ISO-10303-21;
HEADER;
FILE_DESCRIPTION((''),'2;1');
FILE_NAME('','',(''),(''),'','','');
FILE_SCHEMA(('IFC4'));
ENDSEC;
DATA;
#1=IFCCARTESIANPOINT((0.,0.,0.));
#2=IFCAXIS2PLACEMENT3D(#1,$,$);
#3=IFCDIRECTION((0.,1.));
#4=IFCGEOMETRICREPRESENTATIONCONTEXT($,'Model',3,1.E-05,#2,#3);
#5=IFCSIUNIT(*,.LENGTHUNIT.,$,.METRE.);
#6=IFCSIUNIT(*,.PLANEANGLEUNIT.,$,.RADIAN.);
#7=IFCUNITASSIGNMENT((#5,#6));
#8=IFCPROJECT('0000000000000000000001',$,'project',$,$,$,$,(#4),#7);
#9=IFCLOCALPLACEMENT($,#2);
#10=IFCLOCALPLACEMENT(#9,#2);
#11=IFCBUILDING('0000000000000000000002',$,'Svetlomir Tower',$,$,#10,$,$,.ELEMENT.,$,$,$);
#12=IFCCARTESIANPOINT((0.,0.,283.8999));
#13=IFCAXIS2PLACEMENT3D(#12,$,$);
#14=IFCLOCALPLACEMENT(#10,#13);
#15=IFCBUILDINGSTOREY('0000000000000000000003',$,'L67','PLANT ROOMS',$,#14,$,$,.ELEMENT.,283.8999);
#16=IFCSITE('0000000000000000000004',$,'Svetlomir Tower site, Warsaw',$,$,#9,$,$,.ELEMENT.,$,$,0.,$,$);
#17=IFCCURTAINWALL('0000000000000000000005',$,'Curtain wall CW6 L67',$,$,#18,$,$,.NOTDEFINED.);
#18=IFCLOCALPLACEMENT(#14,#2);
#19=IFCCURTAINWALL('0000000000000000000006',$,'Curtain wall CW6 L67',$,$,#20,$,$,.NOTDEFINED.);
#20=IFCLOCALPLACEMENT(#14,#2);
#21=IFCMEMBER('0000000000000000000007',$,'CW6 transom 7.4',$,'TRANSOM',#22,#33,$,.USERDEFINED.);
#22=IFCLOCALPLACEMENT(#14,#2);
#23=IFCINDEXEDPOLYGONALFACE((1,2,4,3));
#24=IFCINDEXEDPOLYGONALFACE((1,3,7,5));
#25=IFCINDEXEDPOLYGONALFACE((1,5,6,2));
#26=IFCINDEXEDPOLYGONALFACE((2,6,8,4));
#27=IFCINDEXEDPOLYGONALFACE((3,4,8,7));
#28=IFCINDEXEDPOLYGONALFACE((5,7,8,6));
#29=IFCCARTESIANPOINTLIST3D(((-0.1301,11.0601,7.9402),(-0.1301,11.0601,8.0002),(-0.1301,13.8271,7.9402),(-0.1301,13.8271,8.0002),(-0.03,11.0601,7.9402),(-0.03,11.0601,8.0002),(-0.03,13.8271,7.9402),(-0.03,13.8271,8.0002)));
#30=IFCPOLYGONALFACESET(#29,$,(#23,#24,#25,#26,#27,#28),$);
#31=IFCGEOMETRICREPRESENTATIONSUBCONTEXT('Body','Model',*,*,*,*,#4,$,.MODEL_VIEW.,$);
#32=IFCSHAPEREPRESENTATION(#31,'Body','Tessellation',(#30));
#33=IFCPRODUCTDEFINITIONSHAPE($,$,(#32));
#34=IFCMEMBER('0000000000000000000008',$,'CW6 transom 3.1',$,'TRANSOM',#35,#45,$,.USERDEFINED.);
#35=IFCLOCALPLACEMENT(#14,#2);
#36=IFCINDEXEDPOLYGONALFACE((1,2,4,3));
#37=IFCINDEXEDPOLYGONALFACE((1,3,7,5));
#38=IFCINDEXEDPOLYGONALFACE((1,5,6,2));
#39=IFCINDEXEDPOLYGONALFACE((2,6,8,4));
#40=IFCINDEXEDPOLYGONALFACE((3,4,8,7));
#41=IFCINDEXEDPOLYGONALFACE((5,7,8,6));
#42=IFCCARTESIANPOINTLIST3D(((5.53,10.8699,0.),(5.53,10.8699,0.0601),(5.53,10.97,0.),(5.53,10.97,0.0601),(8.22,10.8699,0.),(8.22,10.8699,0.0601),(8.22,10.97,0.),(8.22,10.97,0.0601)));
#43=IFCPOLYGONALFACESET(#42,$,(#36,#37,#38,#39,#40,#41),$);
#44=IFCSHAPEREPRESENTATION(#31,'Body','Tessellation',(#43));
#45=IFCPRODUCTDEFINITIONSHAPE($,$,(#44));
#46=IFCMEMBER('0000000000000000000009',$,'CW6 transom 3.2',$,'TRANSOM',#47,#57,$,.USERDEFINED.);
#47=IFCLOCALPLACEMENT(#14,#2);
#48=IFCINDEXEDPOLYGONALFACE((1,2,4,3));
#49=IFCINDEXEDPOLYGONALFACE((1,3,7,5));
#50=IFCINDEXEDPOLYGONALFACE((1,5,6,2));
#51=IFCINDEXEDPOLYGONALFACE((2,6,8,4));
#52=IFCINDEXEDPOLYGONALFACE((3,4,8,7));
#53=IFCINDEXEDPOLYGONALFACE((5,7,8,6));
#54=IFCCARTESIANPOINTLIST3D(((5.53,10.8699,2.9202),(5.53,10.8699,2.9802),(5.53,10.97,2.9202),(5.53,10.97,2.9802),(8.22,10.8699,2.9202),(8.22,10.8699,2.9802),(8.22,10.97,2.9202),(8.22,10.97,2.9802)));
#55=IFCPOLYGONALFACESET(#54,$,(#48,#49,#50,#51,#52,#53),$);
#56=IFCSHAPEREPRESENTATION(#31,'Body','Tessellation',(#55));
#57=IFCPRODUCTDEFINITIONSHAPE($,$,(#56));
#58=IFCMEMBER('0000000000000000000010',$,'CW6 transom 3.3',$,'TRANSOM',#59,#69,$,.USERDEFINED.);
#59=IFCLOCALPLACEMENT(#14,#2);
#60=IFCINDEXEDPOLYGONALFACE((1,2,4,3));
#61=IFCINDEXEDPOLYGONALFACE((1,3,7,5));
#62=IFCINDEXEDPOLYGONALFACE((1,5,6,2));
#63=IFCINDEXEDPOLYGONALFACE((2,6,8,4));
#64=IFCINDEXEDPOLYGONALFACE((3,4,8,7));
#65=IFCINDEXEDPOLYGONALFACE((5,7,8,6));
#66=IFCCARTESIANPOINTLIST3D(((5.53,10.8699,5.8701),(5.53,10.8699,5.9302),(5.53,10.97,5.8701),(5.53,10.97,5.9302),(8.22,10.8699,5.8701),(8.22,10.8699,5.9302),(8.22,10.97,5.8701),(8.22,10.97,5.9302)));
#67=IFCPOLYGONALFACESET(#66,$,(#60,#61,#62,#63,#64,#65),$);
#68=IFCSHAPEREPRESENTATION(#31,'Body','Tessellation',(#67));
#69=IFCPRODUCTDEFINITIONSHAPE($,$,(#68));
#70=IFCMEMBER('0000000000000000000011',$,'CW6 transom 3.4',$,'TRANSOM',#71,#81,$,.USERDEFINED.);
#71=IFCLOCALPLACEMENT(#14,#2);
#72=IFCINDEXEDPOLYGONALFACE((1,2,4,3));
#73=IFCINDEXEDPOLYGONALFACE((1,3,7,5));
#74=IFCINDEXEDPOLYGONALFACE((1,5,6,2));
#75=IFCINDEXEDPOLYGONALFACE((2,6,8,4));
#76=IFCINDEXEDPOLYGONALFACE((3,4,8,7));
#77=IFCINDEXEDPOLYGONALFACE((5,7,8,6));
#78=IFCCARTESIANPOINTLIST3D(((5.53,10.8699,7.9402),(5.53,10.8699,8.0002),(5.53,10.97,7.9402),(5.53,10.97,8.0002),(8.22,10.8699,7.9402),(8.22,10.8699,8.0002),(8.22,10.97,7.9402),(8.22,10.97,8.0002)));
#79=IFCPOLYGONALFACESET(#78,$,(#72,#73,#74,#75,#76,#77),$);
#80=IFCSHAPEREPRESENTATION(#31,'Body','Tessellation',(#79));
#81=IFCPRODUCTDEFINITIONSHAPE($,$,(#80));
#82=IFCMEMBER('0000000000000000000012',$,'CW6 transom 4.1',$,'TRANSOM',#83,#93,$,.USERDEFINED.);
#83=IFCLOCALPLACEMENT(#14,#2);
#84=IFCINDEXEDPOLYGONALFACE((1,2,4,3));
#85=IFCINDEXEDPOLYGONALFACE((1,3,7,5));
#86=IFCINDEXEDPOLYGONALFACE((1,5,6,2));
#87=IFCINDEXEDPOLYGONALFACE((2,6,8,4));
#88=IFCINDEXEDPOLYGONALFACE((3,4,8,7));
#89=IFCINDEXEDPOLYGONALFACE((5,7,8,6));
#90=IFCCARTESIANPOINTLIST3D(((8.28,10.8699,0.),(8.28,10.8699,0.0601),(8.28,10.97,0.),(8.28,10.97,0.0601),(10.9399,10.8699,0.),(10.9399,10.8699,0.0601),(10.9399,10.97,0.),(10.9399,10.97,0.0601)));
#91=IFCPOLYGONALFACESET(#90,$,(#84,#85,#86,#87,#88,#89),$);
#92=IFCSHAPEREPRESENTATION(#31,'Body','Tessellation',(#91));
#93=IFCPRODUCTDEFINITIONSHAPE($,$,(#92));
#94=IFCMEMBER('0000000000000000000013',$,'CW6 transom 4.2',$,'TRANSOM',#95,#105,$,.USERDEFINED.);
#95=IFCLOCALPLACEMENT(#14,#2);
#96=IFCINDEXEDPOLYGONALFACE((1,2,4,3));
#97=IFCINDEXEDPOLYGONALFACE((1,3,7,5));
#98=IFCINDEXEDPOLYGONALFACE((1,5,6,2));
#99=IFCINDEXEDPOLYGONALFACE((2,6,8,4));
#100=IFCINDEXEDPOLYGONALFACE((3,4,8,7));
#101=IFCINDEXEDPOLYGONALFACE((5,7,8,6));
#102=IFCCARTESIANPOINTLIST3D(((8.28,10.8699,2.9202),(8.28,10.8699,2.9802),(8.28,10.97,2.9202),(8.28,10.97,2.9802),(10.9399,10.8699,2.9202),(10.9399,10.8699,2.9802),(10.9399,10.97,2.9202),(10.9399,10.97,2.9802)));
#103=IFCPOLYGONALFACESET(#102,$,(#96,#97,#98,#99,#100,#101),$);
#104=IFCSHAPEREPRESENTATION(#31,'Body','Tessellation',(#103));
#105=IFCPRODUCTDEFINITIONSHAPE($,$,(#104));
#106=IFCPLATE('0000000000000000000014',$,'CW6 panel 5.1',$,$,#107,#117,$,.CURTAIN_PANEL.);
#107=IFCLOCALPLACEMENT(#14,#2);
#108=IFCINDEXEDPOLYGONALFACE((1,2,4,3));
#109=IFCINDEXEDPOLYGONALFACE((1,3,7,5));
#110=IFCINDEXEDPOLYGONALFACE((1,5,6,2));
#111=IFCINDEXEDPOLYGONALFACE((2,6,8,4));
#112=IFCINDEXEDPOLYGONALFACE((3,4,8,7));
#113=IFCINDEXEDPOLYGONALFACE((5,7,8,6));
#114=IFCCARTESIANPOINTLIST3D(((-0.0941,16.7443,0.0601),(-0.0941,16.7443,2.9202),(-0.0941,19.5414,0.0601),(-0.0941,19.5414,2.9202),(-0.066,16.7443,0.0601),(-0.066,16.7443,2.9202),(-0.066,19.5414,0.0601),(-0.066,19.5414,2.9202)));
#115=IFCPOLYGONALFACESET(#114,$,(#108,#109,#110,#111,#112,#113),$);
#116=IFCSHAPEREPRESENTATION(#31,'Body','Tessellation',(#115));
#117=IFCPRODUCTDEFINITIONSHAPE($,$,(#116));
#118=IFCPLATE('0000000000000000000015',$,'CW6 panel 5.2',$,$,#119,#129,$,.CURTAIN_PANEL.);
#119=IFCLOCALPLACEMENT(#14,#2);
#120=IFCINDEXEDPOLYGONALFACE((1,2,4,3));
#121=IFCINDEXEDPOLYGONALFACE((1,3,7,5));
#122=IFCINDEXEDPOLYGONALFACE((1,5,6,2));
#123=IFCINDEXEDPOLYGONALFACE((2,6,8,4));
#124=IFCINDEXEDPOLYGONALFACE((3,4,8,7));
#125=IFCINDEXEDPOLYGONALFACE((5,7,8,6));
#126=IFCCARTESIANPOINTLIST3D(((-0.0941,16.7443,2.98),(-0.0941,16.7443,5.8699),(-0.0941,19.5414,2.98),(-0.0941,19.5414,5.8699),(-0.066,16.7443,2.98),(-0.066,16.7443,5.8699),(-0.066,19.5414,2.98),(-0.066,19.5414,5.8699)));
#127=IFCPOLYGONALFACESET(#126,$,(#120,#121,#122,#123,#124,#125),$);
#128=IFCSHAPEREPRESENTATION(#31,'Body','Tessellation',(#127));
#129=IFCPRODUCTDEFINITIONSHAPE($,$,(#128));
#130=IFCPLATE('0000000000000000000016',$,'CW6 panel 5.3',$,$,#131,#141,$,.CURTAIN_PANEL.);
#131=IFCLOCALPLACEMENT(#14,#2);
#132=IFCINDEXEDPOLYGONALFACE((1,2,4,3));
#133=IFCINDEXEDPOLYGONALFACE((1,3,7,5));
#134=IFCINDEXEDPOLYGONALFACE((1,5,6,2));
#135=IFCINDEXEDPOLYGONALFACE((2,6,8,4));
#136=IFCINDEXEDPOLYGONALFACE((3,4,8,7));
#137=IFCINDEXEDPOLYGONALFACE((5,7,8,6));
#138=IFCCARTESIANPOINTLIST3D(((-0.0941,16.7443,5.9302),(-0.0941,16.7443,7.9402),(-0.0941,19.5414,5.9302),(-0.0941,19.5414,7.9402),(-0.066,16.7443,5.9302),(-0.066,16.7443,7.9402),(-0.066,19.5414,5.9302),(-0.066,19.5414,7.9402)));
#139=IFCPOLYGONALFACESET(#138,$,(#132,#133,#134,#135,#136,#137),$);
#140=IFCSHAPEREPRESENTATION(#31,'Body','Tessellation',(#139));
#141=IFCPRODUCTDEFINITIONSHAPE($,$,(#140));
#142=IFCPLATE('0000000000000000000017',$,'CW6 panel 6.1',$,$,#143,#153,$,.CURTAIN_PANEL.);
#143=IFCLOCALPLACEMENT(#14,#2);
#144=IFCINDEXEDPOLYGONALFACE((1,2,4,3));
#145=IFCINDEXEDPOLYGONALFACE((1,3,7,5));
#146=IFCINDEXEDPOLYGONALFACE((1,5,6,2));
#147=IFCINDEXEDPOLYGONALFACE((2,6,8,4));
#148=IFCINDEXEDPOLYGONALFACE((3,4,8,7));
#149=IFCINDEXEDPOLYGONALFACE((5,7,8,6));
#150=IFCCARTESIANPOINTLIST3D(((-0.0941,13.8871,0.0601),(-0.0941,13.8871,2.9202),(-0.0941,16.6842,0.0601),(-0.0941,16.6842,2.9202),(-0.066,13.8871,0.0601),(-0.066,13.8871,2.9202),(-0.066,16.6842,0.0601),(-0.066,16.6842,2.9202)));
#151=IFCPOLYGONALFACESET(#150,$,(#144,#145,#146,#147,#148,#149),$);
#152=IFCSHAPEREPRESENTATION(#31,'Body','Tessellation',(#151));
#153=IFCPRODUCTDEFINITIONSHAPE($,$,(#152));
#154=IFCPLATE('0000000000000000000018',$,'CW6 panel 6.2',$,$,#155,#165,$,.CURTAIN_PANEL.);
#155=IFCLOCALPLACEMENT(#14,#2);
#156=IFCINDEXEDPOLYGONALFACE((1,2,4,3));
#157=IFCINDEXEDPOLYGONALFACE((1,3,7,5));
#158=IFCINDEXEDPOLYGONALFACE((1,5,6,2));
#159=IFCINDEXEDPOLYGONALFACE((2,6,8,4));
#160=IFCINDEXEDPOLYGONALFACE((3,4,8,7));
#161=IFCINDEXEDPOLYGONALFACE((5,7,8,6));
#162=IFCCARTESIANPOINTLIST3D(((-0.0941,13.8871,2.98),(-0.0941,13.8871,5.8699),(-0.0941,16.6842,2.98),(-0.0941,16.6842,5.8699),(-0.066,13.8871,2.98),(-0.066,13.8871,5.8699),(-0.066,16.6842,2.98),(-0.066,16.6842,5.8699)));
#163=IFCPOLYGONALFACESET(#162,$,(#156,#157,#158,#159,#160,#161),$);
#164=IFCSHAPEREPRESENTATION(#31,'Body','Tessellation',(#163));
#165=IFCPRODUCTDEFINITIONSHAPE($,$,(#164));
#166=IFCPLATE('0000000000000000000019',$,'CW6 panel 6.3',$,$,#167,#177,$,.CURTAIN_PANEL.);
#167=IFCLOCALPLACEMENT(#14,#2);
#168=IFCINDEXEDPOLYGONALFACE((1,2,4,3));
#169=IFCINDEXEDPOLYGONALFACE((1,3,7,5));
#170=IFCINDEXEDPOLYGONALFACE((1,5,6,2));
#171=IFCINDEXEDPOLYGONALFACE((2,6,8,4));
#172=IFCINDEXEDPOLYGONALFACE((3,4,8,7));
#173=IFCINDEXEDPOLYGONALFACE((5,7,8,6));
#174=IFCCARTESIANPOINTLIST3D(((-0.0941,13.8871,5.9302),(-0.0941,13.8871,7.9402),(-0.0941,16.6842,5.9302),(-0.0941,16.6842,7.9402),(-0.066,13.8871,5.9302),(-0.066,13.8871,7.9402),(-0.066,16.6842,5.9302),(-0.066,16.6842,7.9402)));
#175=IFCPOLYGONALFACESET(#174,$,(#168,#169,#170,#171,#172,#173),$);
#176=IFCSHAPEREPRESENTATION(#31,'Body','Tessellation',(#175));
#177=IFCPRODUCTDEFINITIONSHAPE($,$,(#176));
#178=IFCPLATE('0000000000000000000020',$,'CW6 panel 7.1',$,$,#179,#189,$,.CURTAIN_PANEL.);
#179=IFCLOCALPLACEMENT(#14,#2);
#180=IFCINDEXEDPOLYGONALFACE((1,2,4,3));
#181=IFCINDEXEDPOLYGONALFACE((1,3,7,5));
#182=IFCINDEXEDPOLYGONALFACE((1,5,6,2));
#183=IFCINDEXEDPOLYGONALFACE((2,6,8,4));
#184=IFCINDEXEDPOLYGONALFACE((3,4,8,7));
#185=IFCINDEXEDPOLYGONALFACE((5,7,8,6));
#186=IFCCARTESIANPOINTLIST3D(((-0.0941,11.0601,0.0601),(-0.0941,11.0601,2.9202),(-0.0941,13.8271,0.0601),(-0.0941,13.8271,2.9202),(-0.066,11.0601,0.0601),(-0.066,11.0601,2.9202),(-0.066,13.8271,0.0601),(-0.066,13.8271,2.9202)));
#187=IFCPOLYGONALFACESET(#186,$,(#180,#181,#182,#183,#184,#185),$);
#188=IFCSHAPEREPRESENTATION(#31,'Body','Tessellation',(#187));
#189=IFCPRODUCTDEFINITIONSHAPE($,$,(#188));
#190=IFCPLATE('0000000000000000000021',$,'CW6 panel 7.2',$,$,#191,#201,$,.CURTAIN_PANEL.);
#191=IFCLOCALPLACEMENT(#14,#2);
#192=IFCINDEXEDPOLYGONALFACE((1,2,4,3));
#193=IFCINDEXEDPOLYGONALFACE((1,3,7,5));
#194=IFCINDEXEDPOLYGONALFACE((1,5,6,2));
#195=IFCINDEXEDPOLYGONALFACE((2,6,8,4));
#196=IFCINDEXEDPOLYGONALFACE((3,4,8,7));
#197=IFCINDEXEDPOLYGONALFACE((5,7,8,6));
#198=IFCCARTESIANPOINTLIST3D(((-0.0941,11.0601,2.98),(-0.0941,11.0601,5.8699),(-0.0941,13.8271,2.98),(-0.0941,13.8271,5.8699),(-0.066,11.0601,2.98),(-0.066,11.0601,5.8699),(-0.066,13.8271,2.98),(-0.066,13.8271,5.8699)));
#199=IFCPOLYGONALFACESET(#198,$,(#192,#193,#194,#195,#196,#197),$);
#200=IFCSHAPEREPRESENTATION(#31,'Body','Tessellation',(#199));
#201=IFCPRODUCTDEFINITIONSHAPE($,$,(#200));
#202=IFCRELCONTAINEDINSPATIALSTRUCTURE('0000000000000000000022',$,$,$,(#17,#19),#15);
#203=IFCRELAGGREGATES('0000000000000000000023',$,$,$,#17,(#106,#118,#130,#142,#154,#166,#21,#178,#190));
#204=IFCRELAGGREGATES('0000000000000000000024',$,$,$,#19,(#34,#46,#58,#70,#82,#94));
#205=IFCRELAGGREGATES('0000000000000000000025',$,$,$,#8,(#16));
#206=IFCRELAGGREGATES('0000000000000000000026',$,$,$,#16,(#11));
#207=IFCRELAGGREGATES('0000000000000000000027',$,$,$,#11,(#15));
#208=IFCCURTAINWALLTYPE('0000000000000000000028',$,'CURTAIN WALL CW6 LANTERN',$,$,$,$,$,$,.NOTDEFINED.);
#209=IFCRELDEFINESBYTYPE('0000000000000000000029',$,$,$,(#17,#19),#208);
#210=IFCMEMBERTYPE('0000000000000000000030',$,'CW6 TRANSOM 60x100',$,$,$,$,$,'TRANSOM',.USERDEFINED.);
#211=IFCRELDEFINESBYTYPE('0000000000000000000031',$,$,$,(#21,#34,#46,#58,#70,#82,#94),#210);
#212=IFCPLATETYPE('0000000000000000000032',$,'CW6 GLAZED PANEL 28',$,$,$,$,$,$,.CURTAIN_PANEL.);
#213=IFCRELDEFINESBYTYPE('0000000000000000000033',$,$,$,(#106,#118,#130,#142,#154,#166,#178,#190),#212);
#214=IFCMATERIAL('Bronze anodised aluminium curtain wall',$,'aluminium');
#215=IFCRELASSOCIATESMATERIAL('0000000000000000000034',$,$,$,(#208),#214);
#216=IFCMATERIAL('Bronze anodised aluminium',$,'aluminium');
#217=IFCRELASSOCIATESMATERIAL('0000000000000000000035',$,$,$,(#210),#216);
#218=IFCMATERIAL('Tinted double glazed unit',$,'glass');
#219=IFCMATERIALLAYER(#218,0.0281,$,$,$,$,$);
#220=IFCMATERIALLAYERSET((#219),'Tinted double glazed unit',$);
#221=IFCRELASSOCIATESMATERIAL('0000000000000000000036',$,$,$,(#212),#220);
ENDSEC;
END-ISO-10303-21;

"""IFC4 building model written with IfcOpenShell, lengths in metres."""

from ifc_helpers import new_model, si_unit, direction, frame, origin, origin_2d, place, context, subcontext, project, spatial, rectangle, extrude, material, layer, layer_set, material_profile, profile_set, type_object, element, aggregate, save


model = new_model("IFC4")

# Units and contexts
model_context = context("Model", 3, precision=1e-05, world=origin(), true_north=direction((0.0, 1.0)))
body_context = subcontext(model_context, "Body", "Model", "MODEL_VIEW")
ifc_project = project(units=[si_unit("LENGTHUNIT", "METRE"), si_unit("PLANEANGLEUNIT", "RADIAN")], contexts=[model_context])

# Site, building, storey
site_placement = place(None, origin())
site = spatial("IfcSite", under=ifc_project, at=site_placement, Name="Svetlomir Tower site, Warsaw", CompositionType="ELEMENT", RefElevation=0.0)
building_placement = place(site_placement, origin())
building = spatial("IfcBuilding", under=site, at=building_placement, Name="Svetlomir Tower", CompositionType="ELEMENT")
storey_placement = place(building_placement, frame((0.0, 0.0, 283.8999)))
storey = spatial("IfcBuildingStorey", under=building, at=storey_placement, Name="L67", Description="PLANT ROOMS", CompositionType="ELEMENT", Elevation=283.8999)

# Curtain walls
ifc_material_1 = material(Name="Bronze anodised aluminium curtain wall", Category="aluminium")
curtain_wall_type = type_object("IfcCurtainWallType", Name="CURTAIN WALL CW6 LANTERN", PredefinedType="NOTDEFINED", material=ifc_material_1)
curtain_wall_1_placement = place(storey_placement, origin())
curtain_wall_1 = element("IfcCurtainWall", 1, at=curtain_wall_1_placement, inside=storey, type_object=curtain_wall_type, Name="Curtain wall CW6 L67", PredefinedType="NOTDEFINED")
curtain_wall_2_placement = place(storey_placement, origin())
curtain_wall_2 = element("IfcCurtainWall", 2, at=curtain_wall_2_placement, inside=storey, type_object=curtain_wall_type, Name="Curtain wall CW6 L67", PredefinedType="NOTDEFINED")

# Members
ifc_material_2 = material(Name="Bronze anodised aluminium", Category="aluminium")
ifc_material_profile_1 = material_profile(ifc_material_2, rectangle(XDim=0.1001, YDim=0.0601, at=origin_2d()), Name="AL 100x60")
ifc_profile_set_1 = profile_set([ifc_material_profile_1], Name="Bronze anodised aluminium 6063-T6")
member_type_1 = type_object("IfcMemberType", Name="CW6 TRANSOM 60x100", ElementType="TRANSOM", PredefinedType="USERDEFINED", material=ifc_profile_set_1)
member_1_placement = place(storey_placement, frame((-0.0801, 13.8271, 7.9702), z_axis=(0.0, -1.0, 0.0), x_axis=(1.0, 0.0, 0.0)))
member_1 = element("IfcMember", 3, at=member_1_placement, type_object=member_type_1, Name="CW6 transom 7.4", ObjectType="TRANSOM", PredefinedType="USERDEFINED", context=body_context, shape_type="SweptSolid", body=[
    extrude(rectangle(XDim=0.1001, YDim=0.0601, at=origin_2d()), origin(), (0.0, 0.0, 1.0), 2.7671),
])
member_2_placement = place(storey_placement, frame((5.53, 10.9199, 0.03), z_axis=(1.0, 0.0, 0.0), x_axis=(0.0, 1.0, 0.0)))
member_2 = element("IfcMember", 4, at=member_2_placement, type_object=member_type_1, Name="CW6 transom 3.1", ObjectType="TRANSOM", PredefinedType="USERDEFINED", context=body_context, shape_type="SweptSolid", body=[
    extrude(rectangle(XDim=0.1001, YDim=0.0601, at=origin_2d()), origin(), (0.0, 0.0, 1.0), 2.6899),
])
member_3_placement = place(storey_placement, frame((5.53, 10.9199, 2.9502), z_axis=(1.0, 0.0, 0.0), x_axis=(0.0, 1.0, 0.0)))
member_3 = element("IfcMember", 5, at=member_3_placement, type_object=member_type_1, Name="CW6 transom 3.2", ObjectType="TRANSOM", PredefinedType="USERDEFINED", context=body_context, shape_type="SweptSolid", body=[
    extrude(rectangle(XDim=0.1001, YDim=0.0601, at=origin_2d()), origin(), (0.0, 0.0, 1.0), 2.6899),
])
member_4_placement = place(storey_placement, frame((5.53, 10.9199, 5.9001), z_axis=(1.0, 0.0, 0.0), x_axis=(0.0, 1.0, 0.0)))
member_4 = element("IfcMember", 6, at=member_4_placement, type_object=member_type_1, Name="CW6 transom 3.3", ObjectType="TRANSOM", PredefinedType="USERDEFINED", context=body_context, shape_type="SweptSolid", body=[
    extrude(rectangle(XDim=0.1001, YDim=0.0601, at=origin_2d()), origin(), (0.0, 0.0, 1.0), 2.6899),
])
member_5_placement = place(storey_placement, frame((5.53, 10.9199, 7.9702), z_axis=(1.0, 0.0, 0.0), x_axis=(0.0, 1.0, 0.0)))
member_5 = element("IfcMember", 7, at=member_5_placement, type_object=member_type_1, Name="CW6 transom 3.4", ObjectType="TRANSOM", PredefinedType="USERDEFINED", context=body_context, shape_type="SweptSolid", body=[
    extrude(rectangle(XDim=0.1001, YDim=0.0601, at=origin_2d()), origin(), (0.0, 0.0, 1.0), 2.6899),
])
member_6_placement = place(storey_placement, frame((8.28, 10.9199, 0.03), z_axis=(1.0, 0.0, 0.0), x_axis=(0.0, 1.0, 0.0)))
member_6 = element("IfcMember", 8, at=member_6_placement, type_object=member_type_1, Name="CW6 transom 4.1", ObjectType="TRANSOM", PredefinedType="USERDEFINED", context=body_context, shape_type="SweptSolid", body=[
    extrude(rectangle(XDim=0.1001, YDim=0.0601, at=origin_2d()), origin(), (0.0, 0.0, 1.0), 2.6599),
])
member_7_placement = place(storey_placement, frame((8.28, 10.9199, 2.9502), z_axis=(1.0, 0.0, 0.0), x_axis=(0.0, 1.0, 0.0)))
member_7 = element("IfcMember", 9, at=member_7_placement, type_object=member_type_1, Name="CW6 transom 4.2", ObjectType="TRANSOM", PredefinedType="USERDEFINED", context=body_context, shape_type="SweptSolid", body=[
    extrude(rectangle(XDim=0.1001, YDim=0.0601, at=origin_2d()), origin(), (0.0, 0.0, 1.0), 2.6599),
])

# Plates
ifc_material_3 = material(Name="Tinted double glazed unit", Category="glass")
ifc_layer = layer(ifc_material_3, 0.0281)
ifc_layer_set = layer_set([ifc_layer], Name="Tinted double glazed unit")
plate_type = type_object("IfcPlateType", Name="CW6 GLAZED PANEL 28", PredefinedType="CURTAIN_PANEL", material=ifc_layer_set)
plate_1_placement = place(storey_placement, frame((-0.0801, 18.1428, 0.0601), z_axis=(0.0, 0.0, 1.0), x_axis=(0.0, -1.0, 0.0)))
plate_1 = element("IfcPlate", 10, at=plate_1_placement, type_object=plate_type, Name="CW6 panel 5.1", PredefinedType="CURTAIN_PANEL", context=body_context, shape_type="SweptSolid", body=[
    extrude(rectangle(XDim=2.7971, YDim=0.0281, at=origin_2d()), origin(), (0.0, 0.0, 1.0), 2.8601),
])
plate_2_placement = place(storey_placement, frame((-0.0801, 18.1428, 2.98), z_axis=(0.0, 0.0, 1.0), x_axis=(0.0, -1.0, 0.0)))
plate_2 = element("IfcPlate", 11, at=plate_2_placement, type_object=plate_type, Name="CW6 panel 5.2", PredefinedType="CURTAIN_PANEL", context=body_context, shape_type="SweptSolid", body=[
    extrude(rectangle(XDim=2.7971, YDim=0.0281, at=origin_2d()), origin(), (0.0, 0.0, 1.0), 2.8899),
])
plate_3_placement = place(storey_placement, frame((-0.0801, 18.1428, 5.9302), z_axis=(0.0, 0.0, 1.0), x_axis=(0.0, -1.0, 0.0)))
plate_3 = element("IfcPlate", 12, at=plate_3_placement, type_object=plate_type, Name="CW6 panel 5.3", PredefinedType="CURTAIN_PANEL", context=body_context, shape_type="SweptSolid", body=[
    extrude(rectangle(XDim=2.7971, YDim=0.0281, at=origin_2d()), origin(), (0.0, 0.0, 1.0), 2.01),
])
plate_4_placement = place(storey_placement, frame((-0.0801, 15.2856, 0.0601), z_axis=(0.0, 0.0, 1.0), x_axis=(0.0, -1.0, 0.0)))
plate_4 = element("IfcPlate", 13, at=plate_4_placement, type_object=plate_type, Name="CW6 panel 6.1", PredefinedType="CURTAIN_PANEL", context=body_context, shape_type="SweptSolid", body=[
    extrude(rectangle(XDim=2.7971, YDim=0.0281, at=origin_2d()), origin(), (0.0, 0.0, 1.0), 2.8601),
])
plate_5_placement = place(storey_placement, frame((-0.0801, 15.2856, 2.98), z_axis=(0.0, 0.0, 1.0), x_axis=(0.0, -1.0, 0.0)))
plate_5 = element("IfcPlate", 14, at=plate_5_placement, type_object=plate_type, Name="CW6 panel 6.2", PredefinedType="CURTAIN_PANEL", context=body_context, shape_type="SweptSolid", body=[
    extrude(rectangle(XDim=2.7971, YDim=0.0281, at=origin_2d()), origin(), (0.0, 0.0, 1.0), 2.8899),
])
plate_6_placement = place(storey_placement, frame((-0.0801, 15.2856, 5.9302), z_axis=(0.0, 0.0, 1.0), x_axis=(0.0, -1.0, 0.0)))
plate_6 = element("IfcPlate", 15, at=plate_6_placement, type_object=plate_type, Name="CW6 panel 6.3", PredefinedType="CURTAIN_PANEL", context=body_context, shape_type="SweptSolid", body=[
    extrude(rectangle(XDim=2.7971, YDim=0.0281, at=origin_2d()), origin(), (0.0, 0.0, 1.0), 2.01),
])
plate_7_placement = place(storey_placement, frame((-0.0801, 12.4436, 0.0601), z_axis=(0.0, 0.0, 1.0), x_axis=(0.0, -1.0, 0.0)))
plate_7 = element("IfcPlate", 16, at=plate_7_placement, type_object=plate_type, Name="CW6 panel 7.1", PredefinedType="CURTAIN_PANEL", context=body_context, shape_type="SweptSolid", body=[
    extrude(rectangle(XDim=2.7671, YDim=0.0281, at=origin_2d()), origin(), (0.0, 0.0, 1.0), 2.8601),
])
plate_8_placement = place(storey_placement, frame((-0.0801, 12.4436, 2.98), z_axis=(0.0, 0.0, 1.0), x_axis=(0.0, -1.0, 0.0)))
plate_8 = element("IfcPlate", 17, at=plate_8_placement, type_object=plate_type, Name="CW6 panel 7.2", PredefinedType="CURTAIN_PANEL", context=body_context, shape_type="SweptSolid", body=[
    extrude(rectangle(XDim=2.7671, YDim=0.0281, at=origin_2d()), origin(), (0.0, 0.0, 1.0), 2.8899),
])
aggregate(curtain_wall_1, [plate_1, plate_2, plate_3, plate_4, plate_5, plate_6, member_1, plate_7, plate_8])
aggregate(curtain_wall_2, [member_2, member_3, member_4, member_5, member_6, member_7])

save(model, "model.ifc")
